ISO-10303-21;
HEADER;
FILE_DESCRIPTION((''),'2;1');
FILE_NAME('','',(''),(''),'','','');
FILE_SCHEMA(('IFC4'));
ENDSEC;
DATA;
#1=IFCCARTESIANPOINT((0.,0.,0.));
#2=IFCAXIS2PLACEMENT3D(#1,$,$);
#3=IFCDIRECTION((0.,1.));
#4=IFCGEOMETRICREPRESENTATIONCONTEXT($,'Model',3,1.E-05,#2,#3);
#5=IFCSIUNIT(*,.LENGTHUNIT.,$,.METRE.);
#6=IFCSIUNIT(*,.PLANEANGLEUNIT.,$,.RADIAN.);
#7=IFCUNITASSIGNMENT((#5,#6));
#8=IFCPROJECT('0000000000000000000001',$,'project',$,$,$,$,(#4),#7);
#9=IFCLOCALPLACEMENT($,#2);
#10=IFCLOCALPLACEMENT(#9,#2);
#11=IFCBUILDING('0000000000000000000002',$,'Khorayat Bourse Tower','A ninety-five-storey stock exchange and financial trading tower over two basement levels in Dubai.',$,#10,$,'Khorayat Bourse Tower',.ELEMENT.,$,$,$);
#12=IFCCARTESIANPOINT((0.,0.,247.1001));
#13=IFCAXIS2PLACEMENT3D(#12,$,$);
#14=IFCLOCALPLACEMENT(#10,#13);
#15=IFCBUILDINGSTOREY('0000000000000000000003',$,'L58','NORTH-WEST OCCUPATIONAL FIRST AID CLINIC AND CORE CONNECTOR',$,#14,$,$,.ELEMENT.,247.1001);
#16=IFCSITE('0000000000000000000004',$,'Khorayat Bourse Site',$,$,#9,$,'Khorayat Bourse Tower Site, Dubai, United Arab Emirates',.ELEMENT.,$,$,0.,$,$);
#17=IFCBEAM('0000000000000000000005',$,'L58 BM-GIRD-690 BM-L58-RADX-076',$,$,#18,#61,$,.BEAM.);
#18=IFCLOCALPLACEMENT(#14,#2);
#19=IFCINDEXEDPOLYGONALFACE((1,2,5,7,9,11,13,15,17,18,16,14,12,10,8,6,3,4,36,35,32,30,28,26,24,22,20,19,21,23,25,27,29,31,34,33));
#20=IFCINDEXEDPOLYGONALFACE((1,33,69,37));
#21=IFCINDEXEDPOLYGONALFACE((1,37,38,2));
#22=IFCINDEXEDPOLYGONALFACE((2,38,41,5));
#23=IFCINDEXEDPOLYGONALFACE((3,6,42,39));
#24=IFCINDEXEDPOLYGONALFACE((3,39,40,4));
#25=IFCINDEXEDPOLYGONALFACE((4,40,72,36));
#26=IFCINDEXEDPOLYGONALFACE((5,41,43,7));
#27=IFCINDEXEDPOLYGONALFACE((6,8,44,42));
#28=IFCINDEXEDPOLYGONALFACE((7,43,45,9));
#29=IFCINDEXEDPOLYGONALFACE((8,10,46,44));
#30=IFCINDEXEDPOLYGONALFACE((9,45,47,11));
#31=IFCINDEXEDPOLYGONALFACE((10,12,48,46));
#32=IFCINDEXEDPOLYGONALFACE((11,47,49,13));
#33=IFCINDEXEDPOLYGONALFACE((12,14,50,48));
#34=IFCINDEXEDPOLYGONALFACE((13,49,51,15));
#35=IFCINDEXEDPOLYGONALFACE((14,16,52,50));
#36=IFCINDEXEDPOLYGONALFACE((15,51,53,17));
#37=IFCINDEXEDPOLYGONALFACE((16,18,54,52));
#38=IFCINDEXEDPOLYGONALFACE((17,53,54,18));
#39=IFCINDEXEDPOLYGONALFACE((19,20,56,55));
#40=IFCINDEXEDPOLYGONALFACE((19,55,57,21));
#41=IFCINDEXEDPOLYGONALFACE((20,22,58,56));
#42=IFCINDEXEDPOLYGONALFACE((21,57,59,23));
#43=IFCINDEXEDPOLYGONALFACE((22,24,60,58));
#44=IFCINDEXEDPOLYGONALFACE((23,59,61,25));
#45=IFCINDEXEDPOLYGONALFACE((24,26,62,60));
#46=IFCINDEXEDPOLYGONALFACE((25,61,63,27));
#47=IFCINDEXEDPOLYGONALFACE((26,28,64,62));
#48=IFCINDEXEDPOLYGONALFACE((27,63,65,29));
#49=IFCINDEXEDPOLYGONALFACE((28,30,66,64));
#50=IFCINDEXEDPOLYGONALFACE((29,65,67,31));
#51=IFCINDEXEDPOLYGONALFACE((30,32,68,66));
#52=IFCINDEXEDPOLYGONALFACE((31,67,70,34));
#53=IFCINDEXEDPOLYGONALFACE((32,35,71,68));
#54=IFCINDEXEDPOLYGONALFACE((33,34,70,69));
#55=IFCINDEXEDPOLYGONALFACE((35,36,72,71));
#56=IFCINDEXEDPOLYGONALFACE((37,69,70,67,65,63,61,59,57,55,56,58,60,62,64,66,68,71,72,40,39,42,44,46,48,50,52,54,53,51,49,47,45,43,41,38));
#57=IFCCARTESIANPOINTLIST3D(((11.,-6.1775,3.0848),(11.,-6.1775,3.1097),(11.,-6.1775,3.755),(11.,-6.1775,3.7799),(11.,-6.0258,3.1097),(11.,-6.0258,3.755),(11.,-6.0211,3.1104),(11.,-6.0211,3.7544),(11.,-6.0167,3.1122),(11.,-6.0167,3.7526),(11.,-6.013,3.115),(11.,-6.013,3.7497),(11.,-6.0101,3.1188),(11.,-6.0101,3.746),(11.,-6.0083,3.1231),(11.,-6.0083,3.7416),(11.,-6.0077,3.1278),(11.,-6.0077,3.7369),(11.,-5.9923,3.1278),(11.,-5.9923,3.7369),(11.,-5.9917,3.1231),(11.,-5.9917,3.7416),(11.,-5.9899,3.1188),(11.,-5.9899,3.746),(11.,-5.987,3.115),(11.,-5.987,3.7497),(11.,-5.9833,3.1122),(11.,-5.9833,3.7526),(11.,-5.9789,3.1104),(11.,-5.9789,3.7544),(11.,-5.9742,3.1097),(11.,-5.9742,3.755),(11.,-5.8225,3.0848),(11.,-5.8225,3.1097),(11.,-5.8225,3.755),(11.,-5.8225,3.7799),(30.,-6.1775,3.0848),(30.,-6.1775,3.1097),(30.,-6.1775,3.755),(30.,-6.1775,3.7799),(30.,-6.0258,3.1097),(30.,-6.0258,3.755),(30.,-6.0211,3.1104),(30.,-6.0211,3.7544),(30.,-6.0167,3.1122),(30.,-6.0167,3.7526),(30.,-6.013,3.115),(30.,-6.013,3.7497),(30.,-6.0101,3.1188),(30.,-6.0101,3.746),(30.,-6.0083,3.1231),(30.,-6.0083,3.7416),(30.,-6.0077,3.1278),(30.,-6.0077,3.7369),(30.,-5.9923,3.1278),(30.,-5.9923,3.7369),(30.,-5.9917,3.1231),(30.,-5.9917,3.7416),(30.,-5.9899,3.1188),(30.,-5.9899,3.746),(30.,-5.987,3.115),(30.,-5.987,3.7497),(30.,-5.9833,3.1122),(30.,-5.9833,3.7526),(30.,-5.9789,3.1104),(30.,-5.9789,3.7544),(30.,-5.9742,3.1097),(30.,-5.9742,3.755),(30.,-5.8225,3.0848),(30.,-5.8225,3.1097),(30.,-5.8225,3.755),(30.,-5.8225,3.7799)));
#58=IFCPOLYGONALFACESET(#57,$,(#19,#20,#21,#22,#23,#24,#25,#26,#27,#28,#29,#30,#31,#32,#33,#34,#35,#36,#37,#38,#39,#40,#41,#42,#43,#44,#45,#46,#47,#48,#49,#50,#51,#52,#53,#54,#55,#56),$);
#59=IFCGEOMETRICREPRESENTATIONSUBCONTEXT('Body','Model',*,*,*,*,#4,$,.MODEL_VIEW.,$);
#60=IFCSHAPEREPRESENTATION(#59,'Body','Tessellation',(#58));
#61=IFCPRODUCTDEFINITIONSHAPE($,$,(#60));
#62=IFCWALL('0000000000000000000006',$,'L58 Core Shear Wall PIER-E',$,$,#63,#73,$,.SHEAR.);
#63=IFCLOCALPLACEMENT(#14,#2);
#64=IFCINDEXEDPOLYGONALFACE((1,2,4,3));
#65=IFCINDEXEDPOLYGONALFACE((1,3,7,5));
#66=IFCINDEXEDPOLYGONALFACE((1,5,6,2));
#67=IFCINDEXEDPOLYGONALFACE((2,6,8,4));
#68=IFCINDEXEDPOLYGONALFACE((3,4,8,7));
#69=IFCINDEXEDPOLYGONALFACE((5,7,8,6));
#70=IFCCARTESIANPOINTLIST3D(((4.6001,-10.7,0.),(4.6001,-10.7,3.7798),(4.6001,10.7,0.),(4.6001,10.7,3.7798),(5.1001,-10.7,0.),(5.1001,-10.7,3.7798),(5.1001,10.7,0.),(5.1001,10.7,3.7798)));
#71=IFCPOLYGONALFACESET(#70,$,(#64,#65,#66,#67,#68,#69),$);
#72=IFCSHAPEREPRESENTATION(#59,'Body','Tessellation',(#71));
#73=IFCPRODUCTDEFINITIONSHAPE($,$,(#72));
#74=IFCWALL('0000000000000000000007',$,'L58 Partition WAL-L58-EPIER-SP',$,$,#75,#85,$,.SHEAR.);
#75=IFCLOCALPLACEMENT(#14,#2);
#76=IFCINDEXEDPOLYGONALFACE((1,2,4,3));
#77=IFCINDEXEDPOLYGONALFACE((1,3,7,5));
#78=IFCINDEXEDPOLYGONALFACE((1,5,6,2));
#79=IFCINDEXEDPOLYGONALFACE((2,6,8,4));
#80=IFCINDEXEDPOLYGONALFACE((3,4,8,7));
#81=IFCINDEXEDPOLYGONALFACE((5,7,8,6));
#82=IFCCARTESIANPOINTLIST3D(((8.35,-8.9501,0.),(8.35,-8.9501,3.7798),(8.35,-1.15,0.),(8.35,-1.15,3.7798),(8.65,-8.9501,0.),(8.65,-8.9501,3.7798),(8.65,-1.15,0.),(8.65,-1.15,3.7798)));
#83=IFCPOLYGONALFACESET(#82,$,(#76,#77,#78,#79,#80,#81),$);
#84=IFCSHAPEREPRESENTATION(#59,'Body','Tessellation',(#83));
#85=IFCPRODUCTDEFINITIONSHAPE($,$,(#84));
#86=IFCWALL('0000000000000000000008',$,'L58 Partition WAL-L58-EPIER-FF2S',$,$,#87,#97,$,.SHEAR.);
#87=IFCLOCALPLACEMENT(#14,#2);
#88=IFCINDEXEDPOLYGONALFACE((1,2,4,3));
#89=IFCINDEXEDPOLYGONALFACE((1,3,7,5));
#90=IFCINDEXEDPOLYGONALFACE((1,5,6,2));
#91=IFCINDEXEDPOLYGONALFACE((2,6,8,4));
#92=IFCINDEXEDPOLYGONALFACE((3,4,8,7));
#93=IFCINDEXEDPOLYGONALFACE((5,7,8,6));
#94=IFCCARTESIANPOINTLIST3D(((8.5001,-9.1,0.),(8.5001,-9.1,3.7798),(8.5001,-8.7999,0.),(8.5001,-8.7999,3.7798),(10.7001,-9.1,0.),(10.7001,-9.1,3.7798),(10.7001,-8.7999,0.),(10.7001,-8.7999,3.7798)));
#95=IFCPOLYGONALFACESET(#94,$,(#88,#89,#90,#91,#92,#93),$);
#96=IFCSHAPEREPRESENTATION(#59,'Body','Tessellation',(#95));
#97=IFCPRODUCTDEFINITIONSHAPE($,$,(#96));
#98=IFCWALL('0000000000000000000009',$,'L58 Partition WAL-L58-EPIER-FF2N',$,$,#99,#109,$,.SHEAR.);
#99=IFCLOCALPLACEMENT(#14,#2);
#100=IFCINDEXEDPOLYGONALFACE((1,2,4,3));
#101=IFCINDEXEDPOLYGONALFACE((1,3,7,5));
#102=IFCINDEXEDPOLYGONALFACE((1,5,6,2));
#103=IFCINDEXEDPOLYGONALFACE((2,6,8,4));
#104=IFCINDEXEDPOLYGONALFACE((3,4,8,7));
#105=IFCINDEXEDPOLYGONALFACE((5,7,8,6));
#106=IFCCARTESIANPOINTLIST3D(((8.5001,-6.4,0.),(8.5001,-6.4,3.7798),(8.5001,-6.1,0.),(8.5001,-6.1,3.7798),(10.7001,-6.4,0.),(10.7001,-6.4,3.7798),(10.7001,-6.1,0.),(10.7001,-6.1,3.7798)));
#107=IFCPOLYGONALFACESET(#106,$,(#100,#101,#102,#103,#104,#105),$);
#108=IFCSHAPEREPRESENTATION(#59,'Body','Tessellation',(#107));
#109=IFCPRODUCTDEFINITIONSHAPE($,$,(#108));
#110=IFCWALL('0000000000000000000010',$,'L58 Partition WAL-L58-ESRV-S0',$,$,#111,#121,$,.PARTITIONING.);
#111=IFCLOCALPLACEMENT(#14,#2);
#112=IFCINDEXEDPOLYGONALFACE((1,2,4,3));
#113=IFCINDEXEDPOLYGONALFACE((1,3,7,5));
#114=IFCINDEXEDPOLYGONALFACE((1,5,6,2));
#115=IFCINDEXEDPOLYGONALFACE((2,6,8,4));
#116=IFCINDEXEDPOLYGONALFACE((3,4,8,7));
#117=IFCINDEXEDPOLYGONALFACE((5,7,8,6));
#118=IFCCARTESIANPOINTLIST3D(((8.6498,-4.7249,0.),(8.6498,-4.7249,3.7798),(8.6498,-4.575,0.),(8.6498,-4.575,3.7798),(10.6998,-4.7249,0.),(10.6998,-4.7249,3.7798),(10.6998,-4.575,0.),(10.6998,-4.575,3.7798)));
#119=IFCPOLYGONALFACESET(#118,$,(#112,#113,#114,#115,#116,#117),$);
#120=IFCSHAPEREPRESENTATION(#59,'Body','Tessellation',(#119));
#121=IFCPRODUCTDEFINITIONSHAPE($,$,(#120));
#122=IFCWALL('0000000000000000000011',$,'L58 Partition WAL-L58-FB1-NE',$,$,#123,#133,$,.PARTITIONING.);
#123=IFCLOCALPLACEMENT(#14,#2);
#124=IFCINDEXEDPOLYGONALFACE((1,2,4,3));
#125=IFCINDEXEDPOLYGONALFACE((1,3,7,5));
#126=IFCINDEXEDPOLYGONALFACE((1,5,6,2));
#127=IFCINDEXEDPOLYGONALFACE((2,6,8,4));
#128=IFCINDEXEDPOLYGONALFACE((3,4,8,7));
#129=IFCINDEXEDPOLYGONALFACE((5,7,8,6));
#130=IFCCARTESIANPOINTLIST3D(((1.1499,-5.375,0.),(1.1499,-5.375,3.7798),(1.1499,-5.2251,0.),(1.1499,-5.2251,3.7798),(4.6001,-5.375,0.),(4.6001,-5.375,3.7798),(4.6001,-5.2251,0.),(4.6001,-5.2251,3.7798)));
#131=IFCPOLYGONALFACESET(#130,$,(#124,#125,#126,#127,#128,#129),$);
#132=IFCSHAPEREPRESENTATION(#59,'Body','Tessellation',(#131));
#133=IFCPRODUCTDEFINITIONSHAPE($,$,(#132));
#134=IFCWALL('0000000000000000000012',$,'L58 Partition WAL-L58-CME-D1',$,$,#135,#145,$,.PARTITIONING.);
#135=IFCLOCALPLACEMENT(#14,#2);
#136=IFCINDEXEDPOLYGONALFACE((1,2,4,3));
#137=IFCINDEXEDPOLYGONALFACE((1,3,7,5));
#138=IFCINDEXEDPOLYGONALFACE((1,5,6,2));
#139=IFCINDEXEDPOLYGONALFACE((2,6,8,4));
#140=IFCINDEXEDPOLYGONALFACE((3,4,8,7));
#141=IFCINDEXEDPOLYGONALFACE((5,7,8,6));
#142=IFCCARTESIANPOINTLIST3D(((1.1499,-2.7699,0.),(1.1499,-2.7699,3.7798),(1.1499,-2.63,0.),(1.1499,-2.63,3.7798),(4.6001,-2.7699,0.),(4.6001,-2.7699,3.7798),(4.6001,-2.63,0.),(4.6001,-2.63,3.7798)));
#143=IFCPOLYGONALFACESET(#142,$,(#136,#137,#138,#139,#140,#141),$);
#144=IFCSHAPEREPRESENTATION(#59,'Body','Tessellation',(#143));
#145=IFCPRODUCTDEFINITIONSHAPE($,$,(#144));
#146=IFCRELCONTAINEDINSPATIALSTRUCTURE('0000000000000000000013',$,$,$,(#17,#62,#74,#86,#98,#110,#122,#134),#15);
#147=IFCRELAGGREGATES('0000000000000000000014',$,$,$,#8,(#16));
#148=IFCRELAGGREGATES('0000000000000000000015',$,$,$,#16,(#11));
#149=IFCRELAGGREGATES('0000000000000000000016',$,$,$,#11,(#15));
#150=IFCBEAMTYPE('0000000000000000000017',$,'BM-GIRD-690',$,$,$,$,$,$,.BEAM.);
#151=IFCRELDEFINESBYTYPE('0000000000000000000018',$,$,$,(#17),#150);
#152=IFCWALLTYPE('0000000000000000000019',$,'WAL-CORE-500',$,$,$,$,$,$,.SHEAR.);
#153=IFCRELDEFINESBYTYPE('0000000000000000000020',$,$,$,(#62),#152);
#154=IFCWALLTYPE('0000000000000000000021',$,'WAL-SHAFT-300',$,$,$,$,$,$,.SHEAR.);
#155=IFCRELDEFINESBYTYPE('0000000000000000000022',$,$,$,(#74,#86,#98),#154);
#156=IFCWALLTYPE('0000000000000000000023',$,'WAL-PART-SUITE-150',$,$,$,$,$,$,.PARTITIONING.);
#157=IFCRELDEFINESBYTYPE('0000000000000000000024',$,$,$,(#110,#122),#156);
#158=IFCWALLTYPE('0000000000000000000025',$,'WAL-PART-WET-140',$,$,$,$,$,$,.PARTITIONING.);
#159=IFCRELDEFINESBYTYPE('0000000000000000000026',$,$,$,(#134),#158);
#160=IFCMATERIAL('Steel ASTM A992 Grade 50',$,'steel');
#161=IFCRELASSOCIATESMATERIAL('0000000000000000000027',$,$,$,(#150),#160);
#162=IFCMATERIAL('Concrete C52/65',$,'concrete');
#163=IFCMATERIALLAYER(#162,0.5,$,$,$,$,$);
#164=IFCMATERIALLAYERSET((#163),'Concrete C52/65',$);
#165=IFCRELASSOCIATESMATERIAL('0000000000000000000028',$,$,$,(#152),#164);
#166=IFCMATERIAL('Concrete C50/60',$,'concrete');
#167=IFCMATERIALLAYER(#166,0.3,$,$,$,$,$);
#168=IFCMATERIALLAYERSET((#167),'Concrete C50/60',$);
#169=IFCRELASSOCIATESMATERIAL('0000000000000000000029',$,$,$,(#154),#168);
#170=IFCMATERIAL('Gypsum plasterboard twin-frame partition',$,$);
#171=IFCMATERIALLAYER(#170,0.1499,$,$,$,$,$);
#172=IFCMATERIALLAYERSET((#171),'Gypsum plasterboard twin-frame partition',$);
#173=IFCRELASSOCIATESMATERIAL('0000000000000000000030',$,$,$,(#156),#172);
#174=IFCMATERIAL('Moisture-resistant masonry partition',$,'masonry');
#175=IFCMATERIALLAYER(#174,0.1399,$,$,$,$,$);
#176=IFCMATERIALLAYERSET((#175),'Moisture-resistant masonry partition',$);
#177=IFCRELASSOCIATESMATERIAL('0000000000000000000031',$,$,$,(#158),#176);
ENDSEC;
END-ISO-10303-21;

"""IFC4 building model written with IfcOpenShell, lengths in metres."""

from ifc_helpers import new_model, si_unit, direction, frame, frame_2d, origin, origin_2d, place, context, subcontext, project, spatial, rectangle, i_section, extrude, source, transform, mapped, material, layer, layer_set, material_profile, profile_set, type_object, element, save


model = new_model("IFC4")

# Units and contexts
model_context = context("Model", 3, precision=1e-05, world=origin(), true_north=direction((0.0, 1.0)))
body_context = subcontext(model_context, "Body", "Model", "MODEL_VIEW")
ifc_project = project(units=[si_unit("LENGTHUNIT", "METRE"), si_unit("PLANEANGLEUNIT", "RADIAN")], contexts=[model_context])

# Site, building, storey
site_placement = place(None, origin())
site = spatial("IfcSite", under=ifc_project, at=site_placement, Name="Khorayat Bourse Site", LongName="Khorayat Bourse Tower Site, Dubai, United Arab Emirates", CompositionType="ELEMENT", RefElevation=0.0)
building_placement = place(site_placement, origin())
building = spatial("IfcBuilding", under=site, at=building_placement, Name="Khorayat Bourse Tower", Description="A ninety-five-storey stock exchange and financial trading tower over two basement levels in Dubai.", LongName="Khorayat Bourse Tower", CompositionType="ELEMENT")
storey_placement = place(building_placement, frame((0.0, 0.0, 247.1001)))
storey = spatial("IfcBuildingStorey", under=building, at=storey_placement, Name="L58", Description="NORTH-WEST OCCUPATIONAL FIRST AID CLINIC AND CORE CONNECTOR", CompositionType="ELEMENT", Elevation=247.1001)

# Beam
ifc_material_1 = material(Name="Steel ASTM A992 Grade 50", Category="steel")
ifc_material_profile_1 = material_profile(ifc_material_1, i_section(OverallWidth=0.355, OverallDepth=0.6951, WebThickness=0.0154, FlangeThickness=0.0249, FilletRadius=0.0181, at=origin_2d()), Name="W690X217")
ifc_profile_set_1 = profile_set([ifc_material_profile_1], Name="Steel ASTM A992 Grade 50")
beam_type_1 = type_object("IfcBeamType", Name="BM-GIRD-690", PredefinedType="BEAM", material=ifc_profile_set_1)
shared_shape_1 = source(origin(), body_context, "Body", "SweptSolid", [
    extrude(i_section(OverallWidth=0.355, OverallDepth=0.6951, WebThickness=0.0154, FlangeThickness=0.0249, FilletRadius=0.0181, at=origin_2d()), origin(), (0.0, 0.0, 1.0), 19.0),
])
for number, where, z_axis, x_axis, name in (
    (1, (11.0, -6.0, 3.4324), (1.0, 0.0, 0.0), (0.0, 1.0, 0.0), "L58 BM-GIRD-690 BM-L58-RADX-076"),
):
    element("IfcBeam", number, at=place(storey_placement, frame(where, z_axis=z_axis, x_axis=x_axis)), inside=storey, type_object=beam_type_1, Name=name, PredefinedType="BEAM", context=body_context, shape_type="MappedRepresentation", body=[
        mapped(shared_shape_1, transform((0.0, 0.0, 0.0), scale=1.0)),
    ])

# Walls
ifc_material_2 = material(Name="Concrete C52/65", Category="concrete")
ifc_layer_1 = layer(ifc_material_2, 0.5)
ifc_layer_set_1 = layer_set([ifc_layer_1], Name="Concrete C52/65")
wall_type_1 = type_object("IfcWallType", Name="WAL-CORE-500", PredefinedType="SHEAR", material=ifc_layer_set_1)
shared_shape_2 = source(origin(), body_context, "Body", "SweptSolid", [
    extrude(rectangle(XDim=21.3999, YDim=0.5, at=frame_2d((10.7, 0.0))), origin(), (0.0, 0.0, 1.0), 3.7798),
])
wall_1_placement = place(storey_placement, frame((4.8501, -10.7, 0.0), z_axis=(0.0, 0.0, 1.0), x_axis=(0.0, 1.0, 0.0)))
element("IfcWall", 2, at=wall_1_placement, inside=storey, type_object=wall_type_1, Name="L58 Core Shear Wall PIER-E", PredefinedType="SHEAR", context=body_context, shape_type="MappedRepresentation", body=[
    mapped(shared_shape_2, transform((0.0, 0.0, 0.0), scale=1.0)),
])
ifc_material_3 = material(Name="Concrete C50/60", Category="concrete")
ifc_layer_2 = layer(ifc_material_3, 0.3)
ifc_layer_set_2 = layer_set([ifc_layer_2], Name="Concrete C50/60")
wall_type_2 = type_object("IfcWallType", Name="WAL-SHAFT-300", PredefinedType="SHEAR", material=ifc_layer_set_2)
shared_shape_3 = source(origin(), body_context, "Body", "SweptSolid", [
    extrude(rectangle(XDim=7.8, YDim=0.3, at=frame_2d((3.8999, 0.0))), origin(), (0.0, 0.0, 1.0), 3.7798),
])
wall_2_placement = place(storey_placement, frame((8.5, -8.95, 0.0), z_axis=(0.0, 0.0, 1.0), x_axis=(0.0, 1.0, 0.0)))
element("IfcWall", 3, at=wall_2_placement, inside=storey, type_object=wall_type_2, Name="L58 Partition WAL-L58-EPIER-SP", PredefinedType="SHEAR", context=body_context, shape_type="MappedRepresentation", body=[
    mapped(shared_shape_3, transform((0.0, 0.0, 0.0), scale=1.0)),
])
shared_shape_4 = source(origin(), body_context, "Body", "SweptSolid", [
    extrude(rectangle(XDim=2.2, YDim=0.3, at=frame_2d((1.1001, 0.0))), origin(), (0.0, 0.0, 1.0), 3.7798),
])
for number, where, z_axis, x_axis, name in (
    (4, (8.5, -8.95, 0.0), (0.0, 0.0, 1.0), (1.0, 0.0, 0.0), "L58 Partition WAL-L58-EPIER-FF2S"),
    (5, (8.5, -6.25, 0.0), (0.0, 0.0, 1.0), (1.0, 0.0, 0.0), "L58 Partition WAL-L58-EPIER-FF2N"),
):
    element("IfcWall", number, at=place(storey_placement, frame(where, z_axis=z_axis, x_axis=x_axis)), inside=storey, type_object=wall_type_2, Name=name, PredefinedType="SHEAR", context=body_context, shape_type="MappedRepresentation", body=[
        mapped(shared_shape_4, transform((0.0, 0.0, 0.0), scale=1.0)),
    ])
ifc_material_4 = material(Name="Gypsum plasterboard twin-frame partition")
ifc_layer_3 = layer(ifc_material_4, 0.1499)
ifc_layer_set_3 = layer_set([ifc_layer_3], Name="Gypsum plasterboard twin-frame partition")
wall_type_3 = type_object("IfcWallType", Name="WAL-PART-SUITE-150", PredefinedType="PARTITIONING", material=ifc_layer_set_3)
shared_shape_5 = source(origin(), body_context, "Body", "SweptSolid", [
    extrude(rectangle(XDim=2.05, YDim=0.1499, at=frame_2d((1.0249, 0.0))), origin(), (0.0, 0.0, 1.0), 3.7798),
])
wall_3_placement = place(storey_placement, frame((8.6499, -4.6499, 0.0), z_axis=(0.0, 0.0, 1.0), x_axis=(1.0, 0.0, 0.0)))
element("IfcWall", 6, at=wall_3_placement, inside=storey, type_object=wall_type_3, Name="L58 Partition WAL-L58-ESRV-S0", PredefinedType="PARTITIONING", context=body_context, shape_type="MappedRepresentation", body=[
    mapped(shared_shape_5, transform((0.0, 0.0, 0.0), scale=1.0)),
])
shared_shape_6 = source(origin(), body_context, "Body", "SweptSolid", [
    extrude(rectangle(XDim=3.4502, YDim=0.1499, at=frame_2d((1.7251, 0.0))), origin(), (0.0, 0.0, 1.0), 3.7798),
])
wall_4_placement = place(storey_placement, frame((1.1499, -5.3, 0.0), z_axis=(0.0, 0.0, 1.0), x_axis=(1.0, 0.0, 0.0)))
element("IfcWall", 7, at=wall_4_placement, inside=storey, type_object=wall_type_3, Name="L58 Partition WAL-L58-FB1-NE", PredefinedType="PARTITIONING", context=body_context, shape_type="MappedRepresentation", body=[
    mapped(shared_shape_6, transform((0.0, 0.0, 0.0), scale=1.0)),
])
ifc_material_5 = material(Name="Moisture-resistant masonry partition", Category="masonry")
ifc_layer_4 = layer(ifc_material_5, 0.1399)
ifc_layer_set_4 = layer_set([ifc_layer_4], Name="Moisture-resistant masonry partition")
wall_type_4 = type_object("IfcWallType", Name="WAL-PART-WET-140", PredefinedType="PARTITIONING", material=ifc_layer_set_4)
shared_shape_7 = source(origin(), body_context, "Body", "SweptSolid", [
    extrude(rectangle(XDim=3.4502, YDim=0.1399, at=frame_2d((1.7251, 0.0))), origin(), (0.0, 0.0, 1.0), 3.7798),
])
wall_5_placement = place(storey_placement, frame((1.1499, -2.7, 0.0), z_axis=(0.0, 0.0, 1.0), x_axis=(1.0, 0.0, 0.0)))
element("IfcWall", 8, at=wall_5_placement, inside=storey, type_object=wall_type_4, Name="L58 Partition WAL-L58-CME-D1", PredefinedType="PARTITIONING", context=body_context, shape_type="MappedRepresentation", body=[
    mapped(shared_shape_7, transform((0.0, 0.0, 0.0), scale=1.0)),
])

save(model, "model.ifc")
